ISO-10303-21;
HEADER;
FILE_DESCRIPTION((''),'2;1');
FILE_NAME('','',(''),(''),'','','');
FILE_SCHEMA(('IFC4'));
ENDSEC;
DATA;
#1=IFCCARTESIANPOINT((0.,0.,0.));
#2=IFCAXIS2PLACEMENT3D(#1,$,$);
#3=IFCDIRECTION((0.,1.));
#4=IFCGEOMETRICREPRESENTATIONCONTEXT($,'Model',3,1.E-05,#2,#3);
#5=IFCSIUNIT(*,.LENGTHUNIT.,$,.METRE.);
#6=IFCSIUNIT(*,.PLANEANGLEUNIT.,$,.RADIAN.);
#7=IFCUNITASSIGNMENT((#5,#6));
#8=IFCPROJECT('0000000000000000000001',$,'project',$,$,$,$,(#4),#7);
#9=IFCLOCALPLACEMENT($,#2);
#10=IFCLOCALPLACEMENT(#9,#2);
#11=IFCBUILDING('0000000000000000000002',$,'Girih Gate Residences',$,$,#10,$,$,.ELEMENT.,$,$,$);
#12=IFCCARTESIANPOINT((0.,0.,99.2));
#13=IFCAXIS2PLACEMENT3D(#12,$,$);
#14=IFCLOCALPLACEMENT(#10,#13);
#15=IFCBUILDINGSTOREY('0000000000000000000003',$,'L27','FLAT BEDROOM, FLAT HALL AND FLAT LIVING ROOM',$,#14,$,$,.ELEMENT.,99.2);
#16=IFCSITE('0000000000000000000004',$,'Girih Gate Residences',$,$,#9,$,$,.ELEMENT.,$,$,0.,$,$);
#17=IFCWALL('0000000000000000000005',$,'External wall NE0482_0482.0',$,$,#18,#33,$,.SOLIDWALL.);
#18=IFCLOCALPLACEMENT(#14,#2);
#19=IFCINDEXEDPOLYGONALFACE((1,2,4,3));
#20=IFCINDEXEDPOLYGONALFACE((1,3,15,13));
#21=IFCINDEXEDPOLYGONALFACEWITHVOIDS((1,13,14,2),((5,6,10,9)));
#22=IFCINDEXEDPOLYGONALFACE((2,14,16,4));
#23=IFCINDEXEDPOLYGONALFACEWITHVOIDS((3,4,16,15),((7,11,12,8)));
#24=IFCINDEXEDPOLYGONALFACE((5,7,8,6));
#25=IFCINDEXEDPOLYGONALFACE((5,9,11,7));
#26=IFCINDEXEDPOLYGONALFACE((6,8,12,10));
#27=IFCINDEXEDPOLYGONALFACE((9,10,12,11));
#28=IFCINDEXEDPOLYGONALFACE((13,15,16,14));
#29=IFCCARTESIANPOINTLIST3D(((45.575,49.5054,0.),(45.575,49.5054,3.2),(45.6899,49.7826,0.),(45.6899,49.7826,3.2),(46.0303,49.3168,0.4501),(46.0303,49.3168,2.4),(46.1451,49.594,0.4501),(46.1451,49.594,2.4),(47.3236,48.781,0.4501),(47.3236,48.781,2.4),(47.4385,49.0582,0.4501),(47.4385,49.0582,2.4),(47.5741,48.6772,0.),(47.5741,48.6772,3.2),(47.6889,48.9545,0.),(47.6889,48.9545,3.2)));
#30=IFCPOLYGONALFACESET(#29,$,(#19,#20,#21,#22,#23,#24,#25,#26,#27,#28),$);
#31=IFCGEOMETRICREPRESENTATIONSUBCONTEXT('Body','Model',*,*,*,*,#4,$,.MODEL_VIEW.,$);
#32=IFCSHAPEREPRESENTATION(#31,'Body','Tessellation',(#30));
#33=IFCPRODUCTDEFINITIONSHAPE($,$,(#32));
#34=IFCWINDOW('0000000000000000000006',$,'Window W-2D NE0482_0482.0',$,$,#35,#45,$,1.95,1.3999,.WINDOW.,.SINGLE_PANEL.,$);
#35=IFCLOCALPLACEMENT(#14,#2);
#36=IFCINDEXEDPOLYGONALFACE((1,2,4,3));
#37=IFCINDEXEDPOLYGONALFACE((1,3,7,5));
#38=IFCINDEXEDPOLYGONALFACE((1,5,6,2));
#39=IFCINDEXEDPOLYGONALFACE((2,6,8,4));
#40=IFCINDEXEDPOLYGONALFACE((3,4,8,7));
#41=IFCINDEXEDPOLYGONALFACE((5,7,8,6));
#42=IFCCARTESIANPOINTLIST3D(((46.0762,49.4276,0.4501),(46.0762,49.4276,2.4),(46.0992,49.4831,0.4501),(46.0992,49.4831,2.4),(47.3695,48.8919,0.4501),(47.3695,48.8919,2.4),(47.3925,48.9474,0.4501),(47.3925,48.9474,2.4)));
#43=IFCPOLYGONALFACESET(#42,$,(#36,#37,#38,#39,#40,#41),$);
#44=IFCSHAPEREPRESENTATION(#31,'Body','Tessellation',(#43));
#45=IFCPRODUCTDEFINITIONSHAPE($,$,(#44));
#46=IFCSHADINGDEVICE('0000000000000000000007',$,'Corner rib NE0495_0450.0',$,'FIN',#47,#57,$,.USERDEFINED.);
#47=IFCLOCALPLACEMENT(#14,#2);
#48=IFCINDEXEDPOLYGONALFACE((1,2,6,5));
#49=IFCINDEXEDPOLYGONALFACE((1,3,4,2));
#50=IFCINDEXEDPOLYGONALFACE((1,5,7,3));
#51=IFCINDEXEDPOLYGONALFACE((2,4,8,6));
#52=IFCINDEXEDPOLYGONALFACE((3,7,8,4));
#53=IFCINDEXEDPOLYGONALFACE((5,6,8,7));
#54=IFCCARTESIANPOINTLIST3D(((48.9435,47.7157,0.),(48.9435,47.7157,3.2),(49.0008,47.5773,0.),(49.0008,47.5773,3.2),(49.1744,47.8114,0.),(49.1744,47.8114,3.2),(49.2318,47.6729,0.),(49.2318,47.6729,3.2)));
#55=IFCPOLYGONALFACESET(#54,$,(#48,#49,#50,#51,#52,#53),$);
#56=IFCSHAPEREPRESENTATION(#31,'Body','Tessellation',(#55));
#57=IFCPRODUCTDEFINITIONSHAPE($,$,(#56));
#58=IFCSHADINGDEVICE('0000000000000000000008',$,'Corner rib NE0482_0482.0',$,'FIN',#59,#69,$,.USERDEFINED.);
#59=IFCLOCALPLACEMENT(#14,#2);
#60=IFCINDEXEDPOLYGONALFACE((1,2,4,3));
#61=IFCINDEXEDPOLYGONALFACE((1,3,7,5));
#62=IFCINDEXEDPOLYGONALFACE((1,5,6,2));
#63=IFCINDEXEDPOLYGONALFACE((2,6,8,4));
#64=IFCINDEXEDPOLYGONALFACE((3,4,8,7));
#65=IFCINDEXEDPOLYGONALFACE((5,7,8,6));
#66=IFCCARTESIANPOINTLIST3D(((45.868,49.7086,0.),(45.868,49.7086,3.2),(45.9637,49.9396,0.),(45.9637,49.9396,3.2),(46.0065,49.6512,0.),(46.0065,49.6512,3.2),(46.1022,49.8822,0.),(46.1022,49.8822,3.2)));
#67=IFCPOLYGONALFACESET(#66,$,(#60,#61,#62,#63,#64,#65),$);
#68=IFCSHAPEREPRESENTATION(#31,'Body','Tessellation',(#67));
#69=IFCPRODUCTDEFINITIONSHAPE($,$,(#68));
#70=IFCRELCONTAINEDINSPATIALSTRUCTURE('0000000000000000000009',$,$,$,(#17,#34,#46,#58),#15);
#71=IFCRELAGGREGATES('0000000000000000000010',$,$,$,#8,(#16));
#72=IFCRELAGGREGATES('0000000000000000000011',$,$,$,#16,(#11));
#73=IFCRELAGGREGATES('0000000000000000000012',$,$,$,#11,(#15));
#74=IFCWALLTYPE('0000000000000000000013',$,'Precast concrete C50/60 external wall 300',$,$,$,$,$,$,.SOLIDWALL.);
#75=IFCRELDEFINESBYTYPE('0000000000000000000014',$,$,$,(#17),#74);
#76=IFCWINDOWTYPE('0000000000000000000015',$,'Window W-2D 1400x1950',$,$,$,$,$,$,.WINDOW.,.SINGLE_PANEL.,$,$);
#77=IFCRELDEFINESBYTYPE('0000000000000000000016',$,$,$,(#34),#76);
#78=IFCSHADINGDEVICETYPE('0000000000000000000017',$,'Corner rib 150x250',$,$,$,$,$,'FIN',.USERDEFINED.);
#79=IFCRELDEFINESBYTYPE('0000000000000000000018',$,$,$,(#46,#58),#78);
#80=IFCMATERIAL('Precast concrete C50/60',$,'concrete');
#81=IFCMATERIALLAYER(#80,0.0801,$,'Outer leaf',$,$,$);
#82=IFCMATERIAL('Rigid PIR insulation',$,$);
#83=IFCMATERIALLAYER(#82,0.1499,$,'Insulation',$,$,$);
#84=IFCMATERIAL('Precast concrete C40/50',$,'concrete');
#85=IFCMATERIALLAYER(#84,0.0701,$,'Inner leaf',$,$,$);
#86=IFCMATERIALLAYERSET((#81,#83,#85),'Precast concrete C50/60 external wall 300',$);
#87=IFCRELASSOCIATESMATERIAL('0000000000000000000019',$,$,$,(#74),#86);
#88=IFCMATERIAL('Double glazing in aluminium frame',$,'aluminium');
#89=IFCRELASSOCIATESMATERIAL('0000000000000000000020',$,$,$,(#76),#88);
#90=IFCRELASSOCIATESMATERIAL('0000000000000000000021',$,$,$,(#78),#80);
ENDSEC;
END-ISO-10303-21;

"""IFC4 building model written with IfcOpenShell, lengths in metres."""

from ifc_helpers import new_model, si_unit, direction, frame, frame_2d, origin, origin_2d, place, context, subcontext, project, spatial, rectangle, extrude, material, layer, layer_set, type_object, element, fill, save


model = new_model("IFC4")

# Units and contexts
model_context = context("Model", 3, precision=1e-05, world=origin(), true_north=direction((0.0, 1.0)))
body_context = subcontext(model_context, "Body", "Model", "MODEL_VIEW")
ifc_project = project(units=[si_unit("LENGTHUNIT", "METRE"), si_unit("PLANEANGLEUNIT", "RADIAN")], contexts=[model_context])

# Site, building, storey
site_placement = place(None, origin())
site = spatial("IfcSite", under=ifc_project, at=site_placement, Name="Girih Gate Residences", CompositionType="ELEMENT", RefElevation=0.0)
building_placement = place(site_placement, origin())
building = spatial("IfcBuilding", under=site, at=building_placement, Name="Girih Gate Residences", CompositionType="ELEMENT")
storey_placement = place(building_placement, frame((0.0, 0.0, 99.2)))
storey = spatial("IfcBuildingStorey", under=building, at=storey_placement, Name="L27", Description="FLAT BEDROOM, FLAT HALL AND FLAT LIVING ROOM", CompositionType="ELEMENT", Elevation=99.2)

# Wall, opening, window
ifc_material_1 = material(Name="Precast concrete C50/60", Category="concrete")
ifc_layer_1 = layer(ifc_material_1, 0.0801, Name="Outer leaf")
ifc_material_2 = material(Name="Rigid PIR insulation")
ifc_layer_2 = layer(ifc_material_2, 0.1499, Name="Insulation")
ifc_material_3 = material(Name="Precast concrete C40/50", Category="concrete")
ifc_layer_3 = layer(ifc_material_3, 0.0701, Name="Inner leaf")
ifc_layer_set_1 = layer_set([ifc_layer_1, ifc_layer_2, ifc_layer_3], Name="Precast concrete C50/60 external wall 300")
wall_type_1 = type_object("IfcWallType", Name="Precast concrete C50/60 external wall 300", PredefinedType="SOLIDWALL", material=ifc_layer_set_1)
ifc_material_4 = material(Name="Double glazing in aluminium frame", Category="aluminium")
window_type_1 = type_object("IfcWindowType", Name="Window W-2D 1400x1950", PartitioningType="SINGLE_PANEL", PredefinedType="WINDOW", material=ifc_material_4)
wall_1_placement = place(storey_placement, frame((45.6323, 49.644, 0.0), z_axis=(0.0, 0.0, 1.0), x_axis=(0.923863, -0.382724, 0.0)))
wall_1 = element("IfcWall", 1, at=wall_1_placement, inside=storey, type_object=wall_type_1, Name="External wall NE0482_0482.0", PredefinedType="SOLIDWALL", context=body_context, shape_type="SweptSolid", body=[
    extrude(rectangle(XDim=2.1638, YDim=0.3, at=frame_2d((1.082, 0.0))), origin(), (0.0, 0.0, 1.0), 3.2),
])
opening_1_placement = place(wall_1_placement, frame((0.4929, 0.0, 0.45)))
opening_1 = element("IfcOpeningElement", 2, at=opening_1_placement, cuts=wall_1, PredefinedType="OPENING", context=body_context, shape_type="SweptSolid", body=[
    extrude(rectangle(XDim=1.3999, YDim=1.95, at=frame_2d((0.7, 0.9751))), frame((0.0, 0.1599, 0.0), z_axis=(0.0, -1.0, 0.0), x_axis=(1.0, 0.0, 0.0)), (0.0, 0.0, 1.0), 0.3201),
])
window_1_placement = place(opening_1_placement, origin())
window_1 = element("IfcWindow", 3, at=window_1_placement, inside=storey, type_object=window_type_1, Name="Window W-2D NE0482_0482.0", OverallHeight=1.95, OverallWidth=1.3999, PartitioningType="SINGLE_PANEL", PredefinedType="WINDOW", context=body_context, shape_type="SweptSolid", body=[
    extrude(rectangle(XDim=1.3999, YDim=1.95, at=frame_2d((0.7, 0.9751))), frame((0.0, 0.03, 0.0), z_axis=(0.0, -1.0, 0.0), x_axis=(1.0, 0.0, 0.0)), (0.0, 0.0, 1.0), 0.0601),
])
fill(opening_1, window_1)

# Shading devices
shading_device_type = type_object("IfcShadingDeviceType", Name="Corner rib 150x250", ElementType="FIN", PredefinedType="USERDEFINED", material=ifc_material_1)
for number, where, z_axis, x_axis, name in (
    (4, (49.0876, 47.6943, 0.0), (0.0, 0.0, 1.0), (-0.382683, 0.92388, 0.0), "Corner rib NE0495_0450.0"),
    (5, (45.9851, 49.7954, 0.0), (0.0, 0.0, 1.0), (-0.92388, 0.382683, 0.0), "Corner rib NE0482_0482.0"),
):
    element("IfcShadingDevice", number, at=place(storey_placement, frame(where, z_axis=z_axis, x_axis=x_axis)), inside=storey, type_object=shading_device_type, Name=name, ObjectType="FIN", PredefinedType="USERDEFINED", context=body_context, shape_type="SweptSolid", body=[
        extrude(rectangle(XDim=0.1499, YDim=0.25, at=origin_2d()), origin(), (0.0, 0.0, 1.0), 3.2),
    ])

save(model, "model.ifc")
